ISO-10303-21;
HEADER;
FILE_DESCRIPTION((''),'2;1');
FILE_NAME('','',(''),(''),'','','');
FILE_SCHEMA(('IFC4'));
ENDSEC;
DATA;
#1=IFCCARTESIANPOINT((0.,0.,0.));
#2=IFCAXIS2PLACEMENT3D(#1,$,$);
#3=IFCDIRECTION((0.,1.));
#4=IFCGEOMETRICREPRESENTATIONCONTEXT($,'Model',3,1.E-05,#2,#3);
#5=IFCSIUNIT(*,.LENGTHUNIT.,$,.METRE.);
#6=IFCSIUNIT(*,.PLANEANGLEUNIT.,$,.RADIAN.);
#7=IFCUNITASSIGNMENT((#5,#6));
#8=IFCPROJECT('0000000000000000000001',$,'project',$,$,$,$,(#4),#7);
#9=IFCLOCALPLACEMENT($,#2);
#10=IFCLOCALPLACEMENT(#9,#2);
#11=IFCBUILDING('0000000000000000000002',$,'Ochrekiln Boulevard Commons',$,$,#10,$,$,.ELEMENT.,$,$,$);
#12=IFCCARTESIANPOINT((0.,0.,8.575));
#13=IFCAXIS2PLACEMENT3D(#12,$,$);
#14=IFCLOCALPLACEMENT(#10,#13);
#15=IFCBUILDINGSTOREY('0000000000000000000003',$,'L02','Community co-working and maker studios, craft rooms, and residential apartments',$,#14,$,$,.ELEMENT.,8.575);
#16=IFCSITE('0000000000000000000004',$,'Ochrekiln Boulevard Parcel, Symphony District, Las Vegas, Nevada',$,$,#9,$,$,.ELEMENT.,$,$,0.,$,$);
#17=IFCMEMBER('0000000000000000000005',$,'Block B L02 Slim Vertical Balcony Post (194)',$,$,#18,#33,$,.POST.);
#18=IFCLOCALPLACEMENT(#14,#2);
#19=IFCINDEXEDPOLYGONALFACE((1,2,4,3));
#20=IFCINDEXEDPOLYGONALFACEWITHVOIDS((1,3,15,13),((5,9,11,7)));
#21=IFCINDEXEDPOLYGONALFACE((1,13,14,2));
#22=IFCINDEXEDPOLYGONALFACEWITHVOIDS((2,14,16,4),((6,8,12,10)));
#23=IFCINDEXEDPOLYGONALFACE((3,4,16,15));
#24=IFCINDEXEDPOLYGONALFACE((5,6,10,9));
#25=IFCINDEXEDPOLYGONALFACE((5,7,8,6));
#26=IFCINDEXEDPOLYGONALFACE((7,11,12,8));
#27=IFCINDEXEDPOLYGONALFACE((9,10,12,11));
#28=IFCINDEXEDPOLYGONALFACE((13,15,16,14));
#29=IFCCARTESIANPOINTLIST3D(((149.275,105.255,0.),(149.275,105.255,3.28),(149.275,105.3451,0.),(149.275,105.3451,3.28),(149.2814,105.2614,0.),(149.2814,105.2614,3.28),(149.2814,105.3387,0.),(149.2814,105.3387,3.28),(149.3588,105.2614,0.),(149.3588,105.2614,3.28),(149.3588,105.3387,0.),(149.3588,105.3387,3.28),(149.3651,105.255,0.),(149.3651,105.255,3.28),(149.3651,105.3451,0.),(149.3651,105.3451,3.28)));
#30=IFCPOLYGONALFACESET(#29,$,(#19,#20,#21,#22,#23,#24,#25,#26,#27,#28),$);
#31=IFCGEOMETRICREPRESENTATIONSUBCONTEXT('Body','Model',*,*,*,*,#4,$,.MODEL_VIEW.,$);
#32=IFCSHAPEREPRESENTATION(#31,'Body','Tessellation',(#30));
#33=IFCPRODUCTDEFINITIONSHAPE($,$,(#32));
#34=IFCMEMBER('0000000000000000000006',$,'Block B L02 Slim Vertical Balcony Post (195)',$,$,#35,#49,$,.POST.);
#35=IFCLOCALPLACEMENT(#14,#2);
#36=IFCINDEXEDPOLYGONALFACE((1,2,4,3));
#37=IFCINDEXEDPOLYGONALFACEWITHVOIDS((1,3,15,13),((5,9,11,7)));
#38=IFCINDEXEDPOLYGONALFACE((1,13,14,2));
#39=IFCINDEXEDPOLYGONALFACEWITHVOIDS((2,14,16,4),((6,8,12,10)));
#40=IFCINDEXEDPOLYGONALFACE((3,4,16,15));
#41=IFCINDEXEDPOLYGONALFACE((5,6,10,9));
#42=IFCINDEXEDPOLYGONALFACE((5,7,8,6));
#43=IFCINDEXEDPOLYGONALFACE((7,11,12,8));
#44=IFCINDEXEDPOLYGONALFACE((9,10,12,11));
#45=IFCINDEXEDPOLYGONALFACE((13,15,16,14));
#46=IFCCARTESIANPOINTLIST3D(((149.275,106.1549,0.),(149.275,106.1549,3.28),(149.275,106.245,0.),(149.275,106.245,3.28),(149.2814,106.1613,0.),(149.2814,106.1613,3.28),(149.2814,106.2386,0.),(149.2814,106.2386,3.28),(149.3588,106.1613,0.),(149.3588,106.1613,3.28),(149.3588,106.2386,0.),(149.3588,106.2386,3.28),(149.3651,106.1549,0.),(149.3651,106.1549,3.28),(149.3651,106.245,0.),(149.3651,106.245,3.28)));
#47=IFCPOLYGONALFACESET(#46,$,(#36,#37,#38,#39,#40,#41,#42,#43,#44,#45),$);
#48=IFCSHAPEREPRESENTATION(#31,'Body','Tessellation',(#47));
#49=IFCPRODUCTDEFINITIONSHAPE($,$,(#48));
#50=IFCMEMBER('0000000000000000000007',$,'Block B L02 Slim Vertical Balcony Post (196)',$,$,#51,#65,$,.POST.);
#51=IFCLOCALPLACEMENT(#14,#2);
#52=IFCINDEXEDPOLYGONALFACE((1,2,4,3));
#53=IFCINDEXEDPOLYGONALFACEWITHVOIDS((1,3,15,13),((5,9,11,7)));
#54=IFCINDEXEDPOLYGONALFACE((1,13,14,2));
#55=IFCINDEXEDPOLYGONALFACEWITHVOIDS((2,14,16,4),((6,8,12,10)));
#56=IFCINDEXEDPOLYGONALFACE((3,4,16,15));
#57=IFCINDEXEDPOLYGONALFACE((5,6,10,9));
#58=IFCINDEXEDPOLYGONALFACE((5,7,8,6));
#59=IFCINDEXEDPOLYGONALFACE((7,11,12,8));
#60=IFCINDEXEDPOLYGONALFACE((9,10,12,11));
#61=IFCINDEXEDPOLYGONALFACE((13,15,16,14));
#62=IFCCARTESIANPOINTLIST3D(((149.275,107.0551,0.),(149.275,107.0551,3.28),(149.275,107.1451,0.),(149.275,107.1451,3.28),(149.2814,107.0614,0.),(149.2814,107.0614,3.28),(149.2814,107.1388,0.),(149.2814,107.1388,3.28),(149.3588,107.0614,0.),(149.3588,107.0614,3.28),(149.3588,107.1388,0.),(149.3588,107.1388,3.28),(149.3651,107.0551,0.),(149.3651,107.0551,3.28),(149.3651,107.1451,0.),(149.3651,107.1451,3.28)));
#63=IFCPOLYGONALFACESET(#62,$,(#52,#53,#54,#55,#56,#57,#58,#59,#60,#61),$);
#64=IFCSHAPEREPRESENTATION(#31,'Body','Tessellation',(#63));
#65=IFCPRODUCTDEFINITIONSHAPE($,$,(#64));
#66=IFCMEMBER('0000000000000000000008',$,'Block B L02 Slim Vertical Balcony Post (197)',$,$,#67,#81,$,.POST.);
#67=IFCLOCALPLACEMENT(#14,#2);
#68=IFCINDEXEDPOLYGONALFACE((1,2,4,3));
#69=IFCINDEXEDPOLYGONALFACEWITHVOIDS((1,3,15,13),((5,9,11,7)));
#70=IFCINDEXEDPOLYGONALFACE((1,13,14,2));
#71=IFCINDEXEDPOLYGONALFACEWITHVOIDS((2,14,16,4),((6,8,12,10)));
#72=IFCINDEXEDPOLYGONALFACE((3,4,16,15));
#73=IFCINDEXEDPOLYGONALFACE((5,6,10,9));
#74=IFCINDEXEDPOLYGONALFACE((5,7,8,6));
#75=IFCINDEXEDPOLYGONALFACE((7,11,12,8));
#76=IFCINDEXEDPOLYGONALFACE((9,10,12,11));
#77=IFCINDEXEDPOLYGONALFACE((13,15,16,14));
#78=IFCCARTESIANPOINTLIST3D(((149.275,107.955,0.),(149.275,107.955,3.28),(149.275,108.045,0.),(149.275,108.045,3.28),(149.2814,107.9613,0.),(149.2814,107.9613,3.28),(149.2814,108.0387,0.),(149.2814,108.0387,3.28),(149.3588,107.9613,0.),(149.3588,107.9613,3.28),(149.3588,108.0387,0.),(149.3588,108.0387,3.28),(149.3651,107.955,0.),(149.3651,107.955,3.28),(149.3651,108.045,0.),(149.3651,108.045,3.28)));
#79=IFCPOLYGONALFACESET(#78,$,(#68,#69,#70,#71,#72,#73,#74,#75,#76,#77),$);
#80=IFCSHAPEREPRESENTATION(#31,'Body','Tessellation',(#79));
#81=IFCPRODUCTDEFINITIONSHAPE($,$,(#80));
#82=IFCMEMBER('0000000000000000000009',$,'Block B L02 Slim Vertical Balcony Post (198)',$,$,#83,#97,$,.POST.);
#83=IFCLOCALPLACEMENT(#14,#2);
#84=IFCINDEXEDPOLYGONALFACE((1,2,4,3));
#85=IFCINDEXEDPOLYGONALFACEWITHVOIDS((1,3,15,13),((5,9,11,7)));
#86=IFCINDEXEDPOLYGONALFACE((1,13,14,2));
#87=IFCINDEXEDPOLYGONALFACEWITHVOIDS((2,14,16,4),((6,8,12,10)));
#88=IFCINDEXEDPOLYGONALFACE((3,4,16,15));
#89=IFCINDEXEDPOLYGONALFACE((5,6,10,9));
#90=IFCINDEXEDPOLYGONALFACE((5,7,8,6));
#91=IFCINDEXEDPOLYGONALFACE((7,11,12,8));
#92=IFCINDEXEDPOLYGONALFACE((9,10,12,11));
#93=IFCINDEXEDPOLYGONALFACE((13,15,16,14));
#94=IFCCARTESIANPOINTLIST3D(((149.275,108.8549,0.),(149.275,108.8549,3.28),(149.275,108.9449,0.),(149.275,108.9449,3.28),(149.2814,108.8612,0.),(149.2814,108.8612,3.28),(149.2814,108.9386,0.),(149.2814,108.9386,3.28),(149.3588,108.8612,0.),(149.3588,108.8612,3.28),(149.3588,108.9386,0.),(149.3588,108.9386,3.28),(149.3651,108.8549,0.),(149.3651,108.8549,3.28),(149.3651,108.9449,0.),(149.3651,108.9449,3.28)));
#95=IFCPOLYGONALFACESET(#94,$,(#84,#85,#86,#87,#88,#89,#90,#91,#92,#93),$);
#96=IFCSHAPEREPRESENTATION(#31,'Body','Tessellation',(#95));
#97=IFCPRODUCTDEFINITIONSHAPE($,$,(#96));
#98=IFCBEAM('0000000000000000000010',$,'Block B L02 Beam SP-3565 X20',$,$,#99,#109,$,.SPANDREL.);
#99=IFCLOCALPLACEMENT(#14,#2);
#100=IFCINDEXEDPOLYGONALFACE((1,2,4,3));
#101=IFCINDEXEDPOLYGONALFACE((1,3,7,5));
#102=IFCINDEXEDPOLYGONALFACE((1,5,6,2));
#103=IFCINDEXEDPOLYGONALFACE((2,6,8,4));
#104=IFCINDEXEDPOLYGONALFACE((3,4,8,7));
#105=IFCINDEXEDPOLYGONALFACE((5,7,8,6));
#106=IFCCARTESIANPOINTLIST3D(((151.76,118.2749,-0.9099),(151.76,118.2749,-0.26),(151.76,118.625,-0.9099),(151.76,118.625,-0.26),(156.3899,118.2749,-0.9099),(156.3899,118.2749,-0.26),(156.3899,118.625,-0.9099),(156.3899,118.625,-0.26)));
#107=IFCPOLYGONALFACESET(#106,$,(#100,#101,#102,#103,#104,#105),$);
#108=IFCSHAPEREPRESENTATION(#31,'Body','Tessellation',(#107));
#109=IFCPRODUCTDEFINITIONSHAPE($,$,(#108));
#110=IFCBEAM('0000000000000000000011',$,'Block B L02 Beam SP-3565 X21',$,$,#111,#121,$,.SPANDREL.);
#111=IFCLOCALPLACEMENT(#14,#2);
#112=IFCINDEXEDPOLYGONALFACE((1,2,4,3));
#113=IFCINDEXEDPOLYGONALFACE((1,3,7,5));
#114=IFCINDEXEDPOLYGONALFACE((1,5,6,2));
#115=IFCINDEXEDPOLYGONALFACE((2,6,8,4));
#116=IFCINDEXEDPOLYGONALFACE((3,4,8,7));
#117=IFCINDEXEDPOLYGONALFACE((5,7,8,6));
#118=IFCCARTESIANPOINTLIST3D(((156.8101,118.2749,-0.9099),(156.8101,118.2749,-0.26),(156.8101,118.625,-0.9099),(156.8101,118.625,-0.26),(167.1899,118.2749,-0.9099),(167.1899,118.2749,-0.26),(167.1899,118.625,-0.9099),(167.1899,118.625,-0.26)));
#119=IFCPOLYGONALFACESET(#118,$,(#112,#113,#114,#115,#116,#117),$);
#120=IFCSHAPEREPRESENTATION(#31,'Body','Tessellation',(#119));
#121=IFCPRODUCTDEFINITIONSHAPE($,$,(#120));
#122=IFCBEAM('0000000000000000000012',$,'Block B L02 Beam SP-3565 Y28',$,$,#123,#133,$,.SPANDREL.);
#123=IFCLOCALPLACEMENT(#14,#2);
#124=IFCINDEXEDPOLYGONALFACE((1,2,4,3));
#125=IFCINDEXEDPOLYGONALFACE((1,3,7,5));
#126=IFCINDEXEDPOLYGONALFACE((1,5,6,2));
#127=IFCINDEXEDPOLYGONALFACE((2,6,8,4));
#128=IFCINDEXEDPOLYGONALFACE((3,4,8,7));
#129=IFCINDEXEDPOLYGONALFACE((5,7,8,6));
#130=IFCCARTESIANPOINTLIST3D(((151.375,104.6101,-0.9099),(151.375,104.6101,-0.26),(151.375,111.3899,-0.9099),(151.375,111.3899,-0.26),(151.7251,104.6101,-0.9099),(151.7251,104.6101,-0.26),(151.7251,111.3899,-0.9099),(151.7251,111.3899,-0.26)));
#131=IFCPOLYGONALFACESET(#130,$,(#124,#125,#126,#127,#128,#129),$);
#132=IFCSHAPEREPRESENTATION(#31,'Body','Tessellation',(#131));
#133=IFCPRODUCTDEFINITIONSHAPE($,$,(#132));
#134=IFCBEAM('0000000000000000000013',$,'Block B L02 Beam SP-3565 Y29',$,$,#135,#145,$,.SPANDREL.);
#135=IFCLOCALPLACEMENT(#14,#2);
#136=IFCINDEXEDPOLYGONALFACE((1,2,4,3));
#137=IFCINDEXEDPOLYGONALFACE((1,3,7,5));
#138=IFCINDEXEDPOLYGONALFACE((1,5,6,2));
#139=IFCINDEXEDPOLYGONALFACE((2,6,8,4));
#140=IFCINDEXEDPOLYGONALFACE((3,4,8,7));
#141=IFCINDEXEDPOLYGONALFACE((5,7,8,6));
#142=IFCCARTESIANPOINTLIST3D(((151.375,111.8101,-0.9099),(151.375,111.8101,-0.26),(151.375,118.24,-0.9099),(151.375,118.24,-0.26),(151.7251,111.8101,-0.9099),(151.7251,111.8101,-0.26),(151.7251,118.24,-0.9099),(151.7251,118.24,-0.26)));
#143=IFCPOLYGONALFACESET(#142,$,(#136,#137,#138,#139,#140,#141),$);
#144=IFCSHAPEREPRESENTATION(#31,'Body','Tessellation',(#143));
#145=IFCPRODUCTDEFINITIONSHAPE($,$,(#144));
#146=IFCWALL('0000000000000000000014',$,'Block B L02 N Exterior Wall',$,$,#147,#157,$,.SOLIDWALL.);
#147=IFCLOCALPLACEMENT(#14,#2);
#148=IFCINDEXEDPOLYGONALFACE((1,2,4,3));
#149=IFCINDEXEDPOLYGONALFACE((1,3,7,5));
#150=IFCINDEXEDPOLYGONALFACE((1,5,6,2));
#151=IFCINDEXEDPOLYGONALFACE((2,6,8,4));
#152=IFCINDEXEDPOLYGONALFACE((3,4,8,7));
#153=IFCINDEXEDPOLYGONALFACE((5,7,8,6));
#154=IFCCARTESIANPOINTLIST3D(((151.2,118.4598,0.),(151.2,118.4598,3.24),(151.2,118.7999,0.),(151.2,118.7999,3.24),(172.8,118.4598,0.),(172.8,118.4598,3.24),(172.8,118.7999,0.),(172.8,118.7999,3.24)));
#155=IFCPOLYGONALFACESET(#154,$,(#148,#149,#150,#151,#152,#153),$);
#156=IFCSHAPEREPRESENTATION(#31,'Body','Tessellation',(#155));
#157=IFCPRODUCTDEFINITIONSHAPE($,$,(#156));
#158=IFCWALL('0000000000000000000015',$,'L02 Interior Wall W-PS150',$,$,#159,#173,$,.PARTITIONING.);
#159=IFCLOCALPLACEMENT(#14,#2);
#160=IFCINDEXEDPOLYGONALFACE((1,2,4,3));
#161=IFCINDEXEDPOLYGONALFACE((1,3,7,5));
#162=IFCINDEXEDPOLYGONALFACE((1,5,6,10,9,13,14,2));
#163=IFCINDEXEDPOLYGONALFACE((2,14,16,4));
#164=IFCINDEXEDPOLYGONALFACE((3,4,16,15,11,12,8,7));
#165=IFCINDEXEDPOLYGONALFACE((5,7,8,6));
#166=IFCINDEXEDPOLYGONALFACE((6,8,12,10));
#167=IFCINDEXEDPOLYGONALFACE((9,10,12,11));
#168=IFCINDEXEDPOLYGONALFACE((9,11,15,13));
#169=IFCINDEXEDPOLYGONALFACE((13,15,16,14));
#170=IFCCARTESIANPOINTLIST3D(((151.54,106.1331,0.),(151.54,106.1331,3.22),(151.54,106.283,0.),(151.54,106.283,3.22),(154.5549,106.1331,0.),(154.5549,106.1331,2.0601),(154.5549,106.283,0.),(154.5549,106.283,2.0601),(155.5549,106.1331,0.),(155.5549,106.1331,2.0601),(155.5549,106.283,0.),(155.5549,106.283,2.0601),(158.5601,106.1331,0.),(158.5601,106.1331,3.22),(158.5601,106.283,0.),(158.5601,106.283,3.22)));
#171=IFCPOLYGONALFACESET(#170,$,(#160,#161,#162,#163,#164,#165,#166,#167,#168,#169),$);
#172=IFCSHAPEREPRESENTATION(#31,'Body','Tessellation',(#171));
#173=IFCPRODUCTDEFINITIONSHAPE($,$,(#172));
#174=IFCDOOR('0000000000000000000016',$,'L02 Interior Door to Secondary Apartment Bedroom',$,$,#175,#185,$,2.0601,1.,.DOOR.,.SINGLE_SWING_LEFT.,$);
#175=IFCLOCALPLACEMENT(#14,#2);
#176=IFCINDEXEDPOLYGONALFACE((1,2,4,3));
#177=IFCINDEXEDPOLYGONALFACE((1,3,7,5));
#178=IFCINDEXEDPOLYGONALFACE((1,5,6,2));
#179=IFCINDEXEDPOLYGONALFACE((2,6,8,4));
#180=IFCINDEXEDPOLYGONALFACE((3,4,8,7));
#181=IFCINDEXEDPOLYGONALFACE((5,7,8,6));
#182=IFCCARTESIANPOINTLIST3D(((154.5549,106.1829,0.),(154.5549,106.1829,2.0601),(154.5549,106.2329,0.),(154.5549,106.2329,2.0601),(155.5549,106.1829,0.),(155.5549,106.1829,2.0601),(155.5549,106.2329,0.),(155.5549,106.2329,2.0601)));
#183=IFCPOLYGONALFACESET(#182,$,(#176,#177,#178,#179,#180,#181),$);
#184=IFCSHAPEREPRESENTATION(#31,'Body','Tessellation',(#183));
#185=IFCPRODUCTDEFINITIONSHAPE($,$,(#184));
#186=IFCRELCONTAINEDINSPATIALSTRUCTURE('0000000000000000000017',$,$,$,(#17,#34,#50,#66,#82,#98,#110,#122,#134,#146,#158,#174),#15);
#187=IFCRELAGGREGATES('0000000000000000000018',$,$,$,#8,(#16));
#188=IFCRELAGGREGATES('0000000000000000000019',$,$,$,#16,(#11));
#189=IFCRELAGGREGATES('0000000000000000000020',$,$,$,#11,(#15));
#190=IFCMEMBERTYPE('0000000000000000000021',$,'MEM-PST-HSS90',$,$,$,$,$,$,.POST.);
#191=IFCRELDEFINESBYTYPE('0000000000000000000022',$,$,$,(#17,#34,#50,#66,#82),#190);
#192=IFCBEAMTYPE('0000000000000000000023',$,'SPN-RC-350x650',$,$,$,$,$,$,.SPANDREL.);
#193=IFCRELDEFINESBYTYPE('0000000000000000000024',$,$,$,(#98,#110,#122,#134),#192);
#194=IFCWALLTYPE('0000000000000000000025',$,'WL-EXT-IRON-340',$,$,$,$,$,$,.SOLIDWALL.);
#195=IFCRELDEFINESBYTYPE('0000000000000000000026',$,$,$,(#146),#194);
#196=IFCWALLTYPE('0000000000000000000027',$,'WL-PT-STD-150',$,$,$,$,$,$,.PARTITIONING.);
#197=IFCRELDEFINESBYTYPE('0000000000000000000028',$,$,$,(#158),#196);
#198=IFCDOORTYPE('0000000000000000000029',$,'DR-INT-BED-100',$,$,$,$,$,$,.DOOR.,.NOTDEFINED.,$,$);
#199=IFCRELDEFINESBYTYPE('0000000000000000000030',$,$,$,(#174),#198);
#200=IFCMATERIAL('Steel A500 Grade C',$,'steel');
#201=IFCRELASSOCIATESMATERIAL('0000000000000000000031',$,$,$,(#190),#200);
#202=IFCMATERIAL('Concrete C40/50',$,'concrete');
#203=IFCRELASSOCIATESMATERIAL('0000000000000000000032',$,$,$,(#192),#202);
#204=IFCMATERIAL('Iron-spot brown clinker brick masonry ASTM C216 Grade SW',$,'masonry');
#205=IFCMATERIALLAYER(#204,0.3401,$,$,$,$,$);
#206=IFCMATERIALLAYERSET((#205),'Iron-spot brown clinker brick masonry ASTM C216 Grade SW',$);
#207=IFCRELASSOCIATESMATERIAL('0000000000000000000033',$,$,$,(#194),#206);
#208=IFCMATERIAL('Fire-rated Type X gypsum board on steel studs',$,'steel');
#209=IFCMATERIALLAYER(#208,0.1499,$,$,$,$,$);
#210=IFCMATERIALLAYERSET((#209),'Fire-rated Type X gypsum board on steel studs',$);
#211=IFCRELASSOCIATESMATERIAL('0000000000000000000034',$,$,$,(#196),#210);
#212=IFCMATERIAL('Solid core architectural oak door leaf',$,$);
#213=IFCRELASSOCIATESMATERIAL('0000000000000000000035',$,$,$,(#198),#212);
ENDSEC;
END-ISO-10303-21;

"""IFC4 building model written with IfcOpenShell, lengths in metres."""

from ifc_helpers import new_model, si_unit, direction, frame, frame_2d, origin, origin_2d, place, context, subcontext, project, spatial, rectangle, hollow_rectangle, extrude, material, layer, layer_set, material_profile, profile_set, type_object, element, fill, save


model = new_model("IFC4")

# Units and contexts
model_context = context("Model", 3, precision=1e-05, world=origin(), true_north=direction((0.0, 1.0)))
body_context = subcontext(model_context, "Body", "Model", "MODEL_VIEW")
ifc_project = project(units=[si_unit("LENGTHUNIT", "METRE"), si_unit("PLANEANGLEUNIT", "RADIAN")], contexts=[model_context])

# Site, building, storey
site_placement = place(None, origin())
site = spatial("IfcSite", under=ifc_project, at=site_placement, Name="Ochrekiln Boulevard Parcel, Symphony District, Las Vegas, Nevada", CompositionType="ELEMENT", RefElevation=0.0)
building_placement = place(site_placement, origin())
building = spatial("IfcBuilding", under=site, at=building_placement, Name="Ochrekiln Boulevard Commons", CompositionType="ELEMENT")
storey_placement = place(building_placement, frame((0.0, 0.0, 8.575)))
storey = spatial("IfcBuildingStorey", under=building, at=storey_placement, Name="L02", Description="Community co-working and maker studios, craft rooms, and residential apartments", CompositionType="ELEMENT", Elevation=8.575)

# Shared definitions
ifc_material_1 = material(Name="Concrete C40/50", Category="concrete")

# Members
ifc_material_2 = material(Name="Steel A500 Grade C", Category="steel")
ifc_material_profile_1 = material_profile(ifc_material_2, hollow_rectangle(XDim=0.0901, YDim=0.0901, WallThickness=0.0063, at=origin_2d()), Name="HSS90X90X6.4")
ifc_profile_set_1 = profile_set([ifc_material_profile_1], Name="Steel A500 Grade C")
member_type = type_object("IfcMemberType", Name="MEM-PST-HSS90", PredefinedType="POST", material=ifc_profile_set_1)
for number, where, z_axis, x_axis, name in (
    (1, (149.3201, 105.3, 0.0), (0.0, 0.0, 1.0), (1.0, 0.0, 0.0), "Block B L02 Slim Vertical Balcony Post (194)"),
    (2, (149.3201, 106.2, 0.0), (0.0, 0.0, 1.0), (1.0, 0.0, 0.0), "Block B L02 Slim Vertical Balcony Post (195)"),
    (3, (149.3201, 107.1001, 0.0), (0.0, 0.0, 1.0), (1.0, 0.0, 0.0), "Block B L02 Slim Vertical Balcony Post (196)"),
    (4, (149.3201, 108.0, 0.0), (0.0, 0.0, 1.0), (1.0, 0.0, 0.0), "Block B L02 Slim Vertical Balcony Post (197)"),
    (5, (149.3201, 108.8999, 0.0), (0.0, 0.0, 1.0), (1.0, 0.0, 0.0), "Block B L02 Slim Vertical Balcony Post (198)"),
):
    element("IfcMember", number, at=place(storey_placement, frame(where, z_axis=z_axis, x_axis=x_axis)), inside=storey, type_object=member_type, Name=name, PredefinedType="POST", context=body_context, shape_type="SweptSolid", body=[
        extrude(hollow_rectangle(XDim=0.0901, YDim=0.0901, WallThickness=0.0063, at=origin_2d()), origin(), (0.0, 0.0, 1.0), 3.28),
    ])

# Beams
ifc_material_profile_2 = material_profile(ifc_material_1, rectangle(XDim=0.3501, YDim=0.6499, at=origin_2d()), Name="RC-SPN-350x650")
ifc_profile_set_2 = profile_set([ifc_material_profile_2], Name="Concrete C40/50")
beam_type_1 = type_object("IfcBeamType", Name="SPN-RC-350x650", PredefinedType="SPANDREL", material=ifc_profile_set_2)
beam_1_placement = place(storey_placement, frame((151.76, 118.45, -0.585), z_axis=(1.0, 0.0, 0.0), x_axis=(0.0, 1.0, 0.0)))
element("IfcBeam", 6, at=beam_1_placement, inside=storey, type_object=beam_type_1, Name="Block B L02 Beam SP-3565 X20", PredefinedType="SPANDREL", context=body_context, shape_type="SweptSolid", body=[
    extrude(rectangle(XDim=0.3501, YDim=0.6499, at=origin_2d()), origin(), (0.0, 0.0, 1.0), 4.6299),
])
beam_2_placement = place(storey_placement, frame((156.8101, 118.45, -0.585), z_axis=(1.0, 0.0, 0.0), x_axis=(0.0, 1.0, 0.0)))
element("IfcBeam", 7, at=beam_2_placement, inside=storey, type_object=beam_type_1, Name="Block B L02 Beam SP-3565 X21", PredefinedType="SPANDREL", context=body_context, shape_type="SweptSolid", body=[
    extrude(rectangle(XDim=0.3501, YDim=0.6499, at=origin_2d()), origin(), (0.0, 0.0, 1.0), 10.3799),
])
beam_3_placement = place(storey_placement, frame((151.55, 104.6101, -0.585), z_axis=(0.0, 1.0, 0.0), x_axis=(-1.0, 0.0, 0.0)))
element("IfcBeam", 8, at=beam_3_placement, inside=storey, type_object=beam_type_1, Name="Block B L02 Beam SP-3565 Y28", PredefinedType="SPANDREL", context=body_context, shape_type="SweptSolid", body=[
    extrude(rectangle(XDim=0.3501, YDim=0.6499, at=origin_2d()), origin(), (0.0, 0.0, 1.0), 6.7798),
])
beam_4_placement = place(storey_placement, frame((151.55, 111.8101, -0.585), z_axis=(0.0, 1.0, 0.0), x_axis=(-1.0, 0.0, 0.0)))
element("IfcBeam", 9, at=beam_4_placement, inside=storey, type_object=beam_type_1, Name="Block B L02 Beam SP-3565 Y29", PredefinedType="SPANDREL", context=body_context, shape_type="SweptSolid", body=[
    extrude(rectangle(XDim=0.3501, YDim=0.6499, at=origin_2d()), origin(), (0.0, 0.0, 1.0), 6.4299),
])

# Wall
ifc_material_3 = material(Name="Iron-spot brown clinker brick masonry ASTM C216 Grade SW", Category="masonry")
ifc_layer_1 = layer(ifc_material_3, 0.3401)
ifc_layer_set_1 = layer_set([ifc_layer_1], Name="Iron-spot brown clinker brick masonry ASTM C216 Grade SW")
wall_type_1 = type_object("IfcWallType", Name="WL-EXT-IRON-340", PredefinedType="SOLIDWALL", material=ifc_layer_set_1)
wall_1_placement = place(storey_placement, frame((151.2, 118.6299, 0.0), z_axis=(0.0, 0.0, 1.0), x_axis=(1.0, 0.0, 0.0)))
element("IfcWall", 10, at=wall_1_placement, inside=storey, type_object=wall_type_1, Name="Block B L02 N Exterior Wall", PredefinedType="SOLIDWALL", context=body_context, shape_type="SweptSolid", body=[
    extrude(rectangle(XDim=21.6001, YDim=0.3401, at=frame_2d((10.8, 0.0))), origin(), (0.0, 0.0, 1.0), 3.24),
])

# Wall, opening, door
ifc_material_4 = material(Name="Fire-rated Type X gypsum board on steel studs", Category="steel")
ifc_layer_2 = layer(ifc_material_4, 0.1499)
ifc_layer_set_2 = layer_set([ifc_layer_2], Name="Fire-rated Type X gypsum board on steel studs")
wall_type_2 = type_object("IfcWallType", Name="WL-PT-STD-150", PredefinedType="PARTITIONING", material=ifc_layer_set_2)
wall_2_placement = place(storey_placement, frame((151.54, 106.208, 0.0), z_axis=(0.0, 0.0, 1.0), x_axis=(1.0, 0.0, 0.0)))
wall_2 = element("IfcWall", 11, at=wall_2_placement, inside=storey, type_object=wall_type_2, Name="L02 Interior Wall W-PS150", PredefinedType="PARTITIONING", context=body_context, shape_type="SweptSolid", body=[
    extrude(rectangle(XDim=7.02, YDim=0.1499, at=frame_2d((3.51, 0.0))), origin(), (0.0, 0.0, 1.0), 3.22),
])
opening_placement = place(wall_2_placement, frame((3.0149, 0.0, 0.0)))
opening = element("IfcOpeningElement", 12, at=opening_placement, cuts=wall_2, PredefinedType="OPENING", context=body_context, shape_type="SweptSolid", body=[
    extrude(rectangle(XDim=1.0, YDim=2.0601, at=frame_2d((0.5, 1.03))), frame((0.0, 0.085, 0.0), z_axis=(0.0, -1.0, 0.0), x_axis=(1.0, 0.0, 0.0)), (0.0, 0.0, 1.0), 0.1699),
])
ifc_material_5 = material(Name="Solid core architectural oak door leaf")
door_type = type_object("IfcDoorType", Name="DR-INT-BED-100", OperationType="NOTDEFINED", PredefinedType="DOOR", material=ifc_material_5)
door_placement = place(opening_placement, origin())
door = element("IfcDoor", 13, at=door_placement, inside=storey, type_object=door_type, Name="L02 Interior Door to Secondary Apartment Bedroom", OperationType="SINGLE_SWING_LEFT", OverallHeight=2.0601, OverallWidth=1.0, PredefinedType="DOOR", context=body_context, shape_type="SweptSolid", body=[
    extrude(rectangle(XDim=1.0, YDim=2.0601, at=frame_2d((0.5, 1.03))), frame((0.0, 0.0249, 0.0), z_axis=(0.0, -1.0, 0.0), x_axis=(1.0, 0.0, 0.0)), (0.0, 0.0, 1.0), 0.05),
])
fill(opening, door)

save(model, "model.ifc")
